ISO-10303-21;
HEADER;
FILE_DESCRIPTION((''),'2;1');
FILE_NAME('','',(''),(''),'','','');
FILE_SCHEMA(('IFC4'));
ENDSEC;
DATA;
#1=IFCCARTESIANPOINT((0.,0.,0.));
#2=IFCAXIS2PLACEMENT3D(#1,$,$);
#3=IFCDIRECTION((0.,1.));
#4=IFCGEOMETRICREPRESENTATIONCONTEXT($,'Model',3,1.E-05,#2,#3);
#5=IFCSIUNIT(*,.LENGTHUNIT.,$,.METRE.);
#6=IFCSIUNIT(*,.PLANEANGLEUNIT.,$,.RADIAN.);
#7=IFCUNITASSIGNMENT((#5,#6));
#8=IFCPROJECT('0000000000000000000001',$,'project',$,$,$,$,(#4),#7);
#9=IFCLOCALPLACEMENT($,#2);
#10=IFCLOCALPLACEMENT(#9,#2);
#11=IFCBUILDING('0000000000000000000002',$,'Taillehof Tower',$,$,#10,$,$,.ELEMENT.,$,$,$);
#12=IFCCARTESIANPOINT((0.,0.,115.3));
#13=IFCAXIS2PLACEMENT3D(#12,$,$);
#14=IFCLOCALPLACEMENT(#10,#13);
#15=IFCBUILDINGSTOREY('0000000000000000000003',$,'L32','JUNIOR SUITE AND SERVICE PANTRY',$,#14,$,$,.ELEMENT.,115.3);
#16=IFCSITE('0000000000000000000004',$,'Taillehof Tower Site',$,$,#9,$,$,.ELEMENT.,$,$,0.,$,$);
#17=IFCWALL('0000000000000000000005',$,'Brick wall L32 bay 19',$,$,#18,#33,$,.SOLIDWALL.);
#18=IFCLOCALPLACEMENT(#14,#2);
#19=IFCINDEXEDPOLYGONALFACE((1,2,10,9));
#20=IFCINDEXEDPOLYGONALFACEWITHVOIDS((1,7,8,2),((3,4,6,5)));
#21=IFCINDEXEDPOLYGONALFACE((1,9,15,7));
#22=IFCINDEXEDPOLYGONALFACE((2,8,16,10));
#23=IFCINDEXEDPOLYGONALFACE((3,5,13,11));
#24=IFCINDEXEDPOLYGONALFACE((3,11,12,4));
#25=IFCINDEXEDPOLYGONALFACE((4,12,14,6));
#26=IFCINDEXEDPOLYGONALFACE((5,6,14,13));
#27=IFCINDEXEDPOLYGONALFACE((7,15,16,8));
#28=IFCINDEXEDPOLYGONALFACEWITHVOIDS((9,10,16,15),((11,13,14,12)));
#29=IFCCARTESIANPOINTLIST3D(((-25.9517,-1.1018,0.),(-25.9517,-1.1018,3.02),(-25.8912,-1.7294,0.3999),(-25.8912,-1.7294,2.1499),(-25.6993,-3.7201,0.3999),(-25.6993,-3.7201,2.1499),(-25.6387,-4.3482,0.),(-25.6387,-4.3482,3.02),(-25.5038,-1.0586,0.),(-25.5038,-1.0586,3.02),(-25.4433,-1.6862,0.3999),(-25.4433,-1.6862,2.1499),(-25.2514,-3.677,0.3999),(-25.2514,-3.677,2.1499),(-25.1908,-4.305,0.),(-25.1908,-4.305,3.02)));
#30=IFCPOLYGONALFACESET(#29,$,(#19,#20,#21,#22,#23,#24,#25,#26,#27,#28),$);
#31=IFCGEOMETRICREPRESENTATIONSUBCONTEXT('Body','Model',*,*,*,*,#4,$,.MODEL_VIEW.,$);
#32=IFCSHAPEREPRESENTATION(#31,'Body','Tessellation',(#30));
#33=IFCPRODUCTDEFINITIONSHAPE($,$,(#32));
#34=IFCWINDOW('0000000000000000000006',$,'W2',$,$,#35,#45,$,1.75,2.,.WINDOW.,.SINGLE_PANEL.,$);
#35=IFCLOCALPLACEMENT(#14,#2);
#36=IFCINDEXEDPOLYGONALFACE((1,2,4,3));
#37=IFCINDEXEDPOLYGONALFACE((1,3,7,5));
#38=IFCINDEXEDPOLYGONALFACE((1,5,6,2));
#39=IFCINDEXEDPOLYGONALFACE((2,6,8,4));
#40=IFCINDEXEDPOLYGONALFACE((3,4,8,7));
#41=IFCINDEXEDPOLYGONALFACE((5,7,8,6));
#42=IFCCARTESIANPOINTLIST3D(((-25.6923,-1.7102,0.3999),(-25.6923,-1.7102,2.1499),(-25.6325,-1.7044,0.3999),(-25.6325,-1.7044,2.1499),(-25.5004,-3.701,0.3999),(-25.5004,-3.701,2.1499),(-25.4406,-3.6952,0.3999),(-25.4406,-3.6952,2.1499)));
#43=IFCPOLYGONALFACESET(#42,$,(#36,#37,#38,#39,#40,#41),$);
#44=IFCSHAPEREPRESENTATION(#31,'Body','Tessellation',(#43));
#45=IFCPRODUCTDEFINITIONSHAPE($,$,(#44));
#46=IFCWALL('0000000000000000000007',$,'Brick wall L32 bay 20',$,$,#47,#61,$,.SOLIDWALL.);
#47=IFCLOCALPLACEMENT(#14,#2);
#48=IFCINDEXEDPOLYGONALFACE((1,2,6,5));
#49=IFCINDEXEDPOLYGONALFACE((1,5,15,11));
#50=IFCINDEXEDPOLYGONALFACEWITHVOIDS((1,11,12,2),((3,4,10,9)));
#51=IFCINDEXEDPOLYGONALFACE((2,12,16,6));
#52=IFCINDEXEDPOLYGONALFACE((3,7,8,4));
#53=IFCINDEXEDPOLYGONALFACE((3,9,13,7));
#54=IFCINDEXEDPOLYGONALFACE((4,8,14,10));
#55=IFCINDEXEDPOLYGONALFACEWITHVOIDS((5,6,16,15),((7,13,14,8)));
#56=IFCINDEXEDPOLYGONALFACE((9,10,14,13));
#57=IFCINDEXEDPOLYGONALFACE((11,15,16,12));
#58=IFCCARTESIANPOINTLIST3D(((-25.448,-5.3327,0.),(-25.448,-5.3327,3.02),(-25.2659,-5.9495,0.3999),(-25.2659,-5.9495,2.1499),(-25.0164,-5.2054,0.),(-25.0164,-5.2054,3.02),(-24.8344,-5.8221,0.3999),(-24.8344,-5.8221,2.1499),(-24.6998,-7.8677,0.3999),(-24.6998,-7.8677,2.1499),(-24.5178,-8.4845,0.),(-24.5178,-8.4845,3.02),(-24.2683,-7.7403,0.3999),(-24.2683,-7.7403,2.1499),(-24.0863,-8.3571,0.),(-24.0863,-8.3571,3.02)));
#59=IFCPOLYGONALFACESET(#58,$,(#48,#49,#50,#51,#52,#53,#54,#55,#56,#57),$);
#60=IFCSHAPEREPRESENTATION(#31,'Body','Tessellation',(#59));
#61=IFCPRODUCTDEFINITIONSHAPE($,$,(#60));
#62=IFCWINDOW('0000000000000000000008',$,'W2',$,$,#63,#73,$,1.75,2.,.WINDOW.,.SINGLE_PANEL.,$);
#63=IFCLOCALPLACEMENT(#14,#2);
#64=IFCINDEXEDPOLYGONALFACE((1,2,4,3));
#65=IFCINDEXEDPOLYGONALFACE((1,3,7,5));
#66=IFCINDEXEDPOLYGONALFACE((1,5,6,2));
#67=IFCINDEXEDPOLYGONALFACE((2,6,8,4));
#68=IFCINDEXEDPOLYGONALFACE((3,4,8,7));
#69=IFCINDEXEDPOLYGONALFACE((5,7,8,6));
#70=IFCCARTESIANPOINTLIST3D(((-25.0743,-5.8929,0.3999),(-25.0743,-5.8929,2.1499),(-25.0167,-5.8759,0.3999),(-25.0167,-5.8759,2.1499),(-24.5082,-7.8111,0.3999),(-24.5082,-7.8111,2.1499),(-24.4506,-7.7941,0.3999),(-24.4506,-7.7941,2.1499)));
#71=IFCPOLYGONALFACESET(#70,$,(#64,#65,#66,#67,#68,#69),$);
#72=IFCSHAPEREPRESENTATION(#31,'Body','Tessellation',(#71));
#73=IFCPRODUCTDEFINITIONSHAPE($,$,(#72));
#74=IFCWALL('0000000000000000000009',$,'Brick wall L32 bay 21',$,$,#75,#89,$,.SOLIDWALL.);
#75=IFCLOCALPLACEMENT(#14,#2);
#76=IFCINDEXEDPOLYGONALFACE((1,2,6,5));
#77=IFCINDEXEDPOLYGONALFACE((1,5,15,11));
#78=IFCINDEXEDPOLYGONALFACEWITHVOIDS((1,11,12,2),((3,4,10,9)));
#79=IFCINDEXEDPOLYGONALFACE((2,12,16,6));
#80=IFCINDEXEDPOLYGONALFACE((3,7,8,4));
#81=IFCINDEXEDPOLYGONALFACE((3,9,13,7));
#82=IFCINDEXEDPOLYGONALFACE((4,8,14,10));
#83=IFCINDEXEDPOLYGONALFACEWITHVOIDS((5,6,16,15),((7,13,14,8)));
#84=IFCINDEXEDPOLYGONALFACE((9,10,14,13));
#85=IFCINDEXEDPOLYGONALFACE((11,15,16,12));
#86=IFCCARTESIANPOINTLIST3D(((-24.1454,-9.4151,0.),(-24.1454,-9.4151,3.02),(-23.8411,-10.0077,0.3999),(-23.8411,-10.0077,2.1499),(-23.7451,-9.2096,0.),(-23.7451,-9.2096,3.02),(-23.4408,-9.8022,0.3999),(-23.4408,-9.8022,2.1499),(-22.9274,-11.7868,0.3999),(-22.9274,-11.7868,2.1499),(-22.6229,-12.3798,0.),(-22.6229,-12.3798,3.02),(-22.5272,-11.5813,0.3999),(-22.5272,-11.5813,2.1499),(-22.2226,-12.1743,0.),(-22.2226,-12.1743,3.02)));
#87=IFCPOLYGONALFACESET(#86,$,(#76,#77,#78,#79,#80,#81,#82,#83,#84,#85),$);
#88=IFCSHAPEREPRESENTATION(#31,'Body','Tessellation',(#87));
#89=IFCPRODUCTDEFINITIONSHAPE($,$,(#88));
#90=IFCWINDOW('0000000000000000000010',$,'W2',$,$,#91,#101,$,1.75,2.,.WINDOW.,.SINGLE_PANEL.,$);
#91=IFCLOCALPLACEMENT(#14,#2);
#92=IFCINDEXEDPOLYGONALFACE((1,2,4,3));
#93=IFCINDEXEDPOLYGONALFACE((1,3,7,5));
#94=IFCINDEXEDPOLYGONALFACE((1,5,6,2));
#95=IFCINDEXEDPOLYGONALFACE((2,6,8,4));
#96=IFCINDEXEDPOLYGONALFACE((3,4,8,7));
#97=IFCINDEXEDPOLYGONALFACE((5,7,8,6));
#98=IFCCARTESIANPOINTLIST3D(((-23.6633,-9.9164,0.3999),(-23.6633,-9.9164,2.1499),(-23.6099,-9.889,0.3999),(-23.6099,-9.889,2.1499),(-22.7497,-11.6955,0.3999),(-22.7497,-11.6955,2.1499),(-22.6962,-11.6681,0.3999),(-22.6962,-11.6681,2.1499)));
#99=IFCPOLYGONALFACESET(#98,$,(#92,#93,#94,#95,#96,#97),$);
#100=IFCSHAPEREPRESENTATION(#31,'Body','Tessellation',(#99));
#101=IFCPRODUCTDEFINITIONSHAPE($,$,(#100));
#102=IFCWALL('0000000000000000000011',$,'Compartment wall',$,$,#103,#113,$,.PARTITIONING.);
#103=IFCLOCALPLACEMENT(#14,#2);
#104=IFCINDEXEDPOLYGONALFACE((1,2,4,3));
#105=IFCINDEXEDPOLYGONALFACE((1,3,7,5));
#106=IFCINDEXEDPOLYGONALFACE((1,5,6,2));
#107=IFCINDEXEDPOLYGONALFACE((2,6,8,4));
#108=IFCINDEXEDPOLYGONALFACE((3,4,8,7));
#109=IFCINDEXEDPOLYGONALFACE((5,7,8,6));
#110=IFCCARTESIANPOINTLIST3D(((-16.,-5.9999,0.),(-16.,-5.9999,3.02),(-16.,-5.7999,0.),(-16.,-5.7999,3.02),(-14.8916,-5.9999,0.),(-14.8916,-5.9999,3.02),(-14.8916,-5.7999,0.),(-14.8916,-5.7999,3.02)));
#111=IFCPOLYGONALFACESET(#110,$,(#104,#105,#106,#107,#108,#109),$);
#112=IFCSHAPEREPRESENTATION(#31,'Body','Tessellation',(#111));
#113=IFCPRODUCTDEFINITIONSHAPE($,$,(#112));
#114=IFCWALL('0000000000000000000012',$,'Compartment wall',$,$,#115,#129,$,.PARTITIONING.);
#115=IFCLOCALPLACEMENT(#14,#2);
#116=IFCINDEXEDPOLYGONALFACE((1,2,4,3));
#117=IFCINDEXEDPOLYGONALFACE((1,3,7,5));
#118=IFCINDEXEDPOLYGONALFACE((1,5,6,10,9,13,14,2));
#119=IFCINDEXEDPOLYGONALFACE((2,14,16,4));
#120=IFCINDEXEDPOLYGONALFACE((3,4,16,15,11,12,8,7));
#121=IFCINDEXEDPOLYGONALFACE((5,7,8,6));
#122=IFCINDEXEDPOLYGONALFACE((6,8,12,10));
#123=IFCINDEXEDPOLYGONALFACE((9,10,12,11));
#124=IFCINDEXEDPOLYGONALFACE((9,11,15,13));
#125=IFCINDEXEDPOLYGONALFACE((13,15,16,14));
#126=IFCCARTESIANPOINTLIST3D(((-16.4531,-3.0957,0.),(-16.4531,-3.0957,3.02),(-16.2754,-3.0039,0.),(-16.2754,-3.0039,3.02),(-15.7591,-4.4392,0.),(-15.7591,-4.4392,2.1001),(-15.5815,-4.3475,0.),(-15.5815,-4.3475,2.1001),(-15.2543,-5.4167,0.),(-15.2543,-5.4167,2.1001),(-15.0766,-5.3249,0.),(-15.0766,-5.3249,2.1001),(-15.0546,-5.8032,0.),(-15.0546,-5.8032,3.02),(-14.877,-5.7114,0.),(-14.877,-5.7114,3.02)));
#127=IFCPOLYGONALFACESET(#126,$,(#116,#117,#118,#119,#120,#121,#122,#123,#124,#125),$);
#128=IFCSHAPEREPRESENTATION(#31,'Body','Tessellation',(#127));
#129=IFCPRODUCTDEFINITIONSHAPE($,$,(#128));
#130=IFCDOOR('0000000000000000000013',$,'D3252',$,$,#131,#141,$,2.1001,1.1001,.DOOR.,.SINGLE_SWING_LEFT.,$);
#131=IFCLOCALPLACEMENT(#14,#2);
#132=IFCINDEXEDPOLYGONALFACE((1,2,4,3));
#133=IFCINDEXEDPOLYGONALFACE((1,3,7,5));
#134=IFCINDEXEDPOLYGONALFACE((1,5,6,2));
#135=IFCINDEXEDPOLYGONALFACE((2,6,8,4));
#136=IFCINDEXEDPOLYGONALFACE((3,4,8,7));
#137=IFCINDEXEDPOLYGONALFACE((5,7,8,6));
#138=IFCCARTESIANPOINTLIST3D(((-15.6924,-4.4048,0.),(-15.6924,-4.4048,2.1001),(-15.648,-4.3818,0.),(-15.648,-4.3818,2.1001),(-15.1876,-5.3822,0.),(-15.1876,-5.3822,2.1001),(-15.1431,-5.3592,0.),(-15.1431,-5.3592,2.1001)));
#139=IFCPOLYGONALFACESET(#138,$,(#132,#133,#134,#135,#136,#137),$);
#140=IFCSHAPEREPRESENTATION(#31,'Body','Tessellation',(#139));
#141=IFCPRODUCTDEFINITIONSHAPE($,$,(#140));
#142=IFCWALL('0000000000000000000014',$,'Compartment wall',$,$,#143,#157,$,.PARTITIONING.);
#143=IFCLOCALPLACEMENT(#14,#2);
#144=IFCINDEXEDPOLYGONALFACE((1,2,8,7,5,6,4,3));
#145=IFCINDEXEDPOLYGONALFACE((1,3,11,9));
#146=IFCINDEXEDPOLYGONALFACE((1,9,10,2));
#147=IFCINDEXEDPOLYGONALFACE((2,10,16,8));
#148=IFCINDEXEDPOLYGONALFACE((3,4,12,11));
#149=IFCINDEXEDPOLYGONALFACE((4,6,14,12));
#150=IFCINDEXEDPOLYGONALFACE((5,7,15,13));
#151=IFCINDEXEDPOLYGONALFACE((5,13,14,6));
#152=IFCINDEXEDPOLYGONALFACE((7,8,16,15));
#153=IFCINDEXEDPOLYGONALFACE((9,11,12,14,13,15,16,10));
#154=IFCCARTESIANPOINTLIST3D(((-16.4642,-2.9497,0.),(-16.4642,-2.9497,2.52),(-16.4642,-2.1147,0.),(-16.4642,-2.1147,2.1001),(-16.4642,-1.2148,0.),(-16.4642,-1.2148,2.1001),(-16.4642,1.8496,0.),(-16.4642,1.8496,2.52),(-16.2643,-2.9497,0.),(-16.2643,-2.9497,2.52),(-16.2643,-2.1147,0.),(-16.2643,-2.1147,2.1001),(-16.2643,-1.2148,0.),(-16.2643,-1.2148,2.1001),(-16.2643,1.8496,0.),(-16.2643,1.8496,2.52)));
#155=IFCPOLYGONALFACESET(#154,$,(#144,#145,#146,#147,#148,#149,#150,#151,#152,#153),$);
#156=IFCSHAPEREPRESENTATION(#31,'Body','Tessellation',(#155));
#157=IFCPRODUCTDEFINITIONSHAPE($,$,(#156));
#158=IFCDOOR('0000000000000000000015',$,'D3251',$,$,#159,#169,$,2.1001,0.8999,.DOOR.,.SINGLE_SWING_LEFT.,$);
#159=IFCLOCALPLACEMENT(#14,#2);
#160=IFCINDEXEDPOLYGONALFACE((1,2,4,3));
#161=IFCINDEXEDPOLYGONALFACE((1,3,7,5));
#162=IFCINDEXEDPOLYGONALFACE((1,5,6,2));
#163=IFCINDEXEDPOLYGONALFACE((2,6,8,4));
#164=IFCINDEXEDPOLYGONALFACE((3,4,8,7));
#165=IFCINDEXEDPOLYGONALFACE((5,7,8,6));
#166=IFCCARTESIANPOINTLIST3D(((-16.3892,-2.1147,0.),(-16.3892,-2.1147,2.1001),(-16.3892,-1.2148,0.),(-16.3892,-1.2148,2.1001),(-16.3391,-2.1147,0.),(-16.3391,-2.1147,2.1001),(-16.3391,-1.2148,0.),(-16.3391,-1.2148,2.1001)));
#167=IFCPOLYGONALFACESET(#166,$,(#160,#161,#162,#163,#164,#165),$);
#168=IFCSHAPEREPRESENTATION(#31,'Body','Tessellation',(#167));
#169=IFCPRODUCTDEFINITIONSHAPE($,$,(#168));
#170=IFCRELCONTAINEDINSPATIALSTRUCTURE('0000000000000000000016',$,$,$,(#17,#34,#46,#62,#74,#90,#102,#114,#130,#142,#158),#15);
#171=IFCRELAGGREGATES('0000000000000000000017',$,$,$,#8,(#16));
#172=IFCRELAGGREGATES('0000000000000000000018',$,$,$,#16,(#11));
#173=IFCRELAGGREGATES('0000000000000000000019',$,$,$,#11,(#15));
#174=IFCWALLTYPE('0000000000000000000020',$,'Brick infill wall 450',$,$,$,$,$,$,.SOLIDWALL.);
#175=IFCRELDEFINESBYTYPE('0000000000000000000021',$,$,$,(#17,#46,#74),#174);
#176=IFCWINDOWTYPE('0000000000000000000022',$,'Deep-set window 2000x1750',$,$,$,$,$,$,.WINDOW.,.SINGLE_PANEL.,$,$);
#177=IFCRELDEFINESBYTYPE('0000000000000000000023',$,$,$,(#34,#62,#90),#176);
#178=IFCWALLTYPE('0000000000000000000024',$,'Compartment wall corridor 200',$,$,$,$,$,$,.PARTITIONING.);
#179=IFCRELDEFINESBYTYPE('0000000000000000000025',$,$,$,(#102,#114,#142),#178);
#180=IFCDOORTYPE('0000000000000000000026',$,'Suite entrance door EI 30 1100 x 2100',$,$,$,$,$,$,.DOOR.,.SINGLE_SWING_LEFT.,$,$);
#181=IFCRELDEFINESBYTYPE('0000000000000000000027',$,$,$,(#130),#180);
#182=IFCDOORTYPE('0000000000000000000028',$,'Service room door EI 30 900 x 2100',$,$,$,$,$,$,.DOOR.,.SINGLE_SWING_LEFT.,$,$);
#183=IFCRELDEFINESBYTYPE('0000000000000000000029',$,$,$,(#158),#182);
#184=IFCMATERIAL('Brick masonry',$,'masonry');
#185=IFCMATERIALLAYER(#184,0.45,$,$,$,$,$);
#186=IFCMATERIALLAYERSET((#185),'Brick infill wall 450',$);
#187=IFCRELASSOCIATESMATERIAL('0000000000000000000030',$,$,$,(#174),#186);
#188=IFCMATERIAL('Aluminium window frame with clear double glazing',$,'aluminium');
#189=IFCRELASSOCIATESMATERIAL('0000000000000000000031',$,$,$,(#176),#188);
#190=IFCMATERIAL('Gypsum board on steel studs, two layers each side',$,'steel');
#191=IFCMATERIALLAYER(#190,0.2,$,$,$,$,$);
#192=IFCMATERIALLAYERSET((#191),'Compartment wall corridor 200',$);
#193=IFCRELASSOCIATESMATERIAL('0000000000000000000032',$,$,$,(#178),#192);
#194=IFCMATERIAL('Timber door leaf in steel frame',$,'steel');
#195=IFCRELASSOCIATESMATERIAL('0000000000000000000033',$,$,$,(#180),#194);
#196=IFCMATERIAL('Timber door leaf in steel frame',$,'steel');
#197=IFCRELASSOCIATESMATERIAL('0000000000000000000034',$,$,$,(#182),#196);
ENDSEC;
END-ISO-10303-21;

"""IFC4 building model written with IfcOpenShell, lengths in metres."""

from ifc_helpers import new_model, si_unit, direction, frame, frame_2d, origin, place, context, subcontext, project, spatial, rectangle, extrude, material, layer, layer_set, type_object, element, fill, save


model = new_model("IFC4")

# Units and contexts
model_context = context("Model", 3, precision=1e-05, world=origin(), true_north=direction((0.0, 1.0)))
body_context = subcontext(model_context, "Body", "Model", "MODEL_VIEW")
ifc_project = project(units=[si_unit("LENGTHUNIT", "METRE"), si_unit("PLANEANGLEUNIT", "RADIAN")], contexts=[model_context])

# Site, building, storey
site_placement = place(None, origin())
site = spatial("IfcSite", under=ifc_project, at=site_placement, Name="Taillehof Tower Site", CompositionType="ELEMENT", RefElevation=0.0)
building_placement = place(site_placement, origin())
building = spatial("IfcBuilding", under=site, at=building_placement, Name="Taillehof Tower", CompositionType="ELEMENT")
storey_placement = place(building_placement, frame((0.0, 0.0, 115.3)))
storey = spatial("IfcBuildingStorey", under=building, at=storey_placement, Name="L32", Description="JUNIOR SUITE AND SERVICE PANTRY", CompositionType="ELEMENT", Elevation=115.3)

# Walls, openings, windows
ifc_material_1 = material(Name="Brick masonry", Category="masonry")
ifc_layer_1 = layer(ifc_material_1, 0.45)
ifc_layer_set_1 = layer_set([ifc_layer_1], Name="Brick infill wall 450")
wall_type_1 = type_object("IfcWallType", Name="Brick infill wall 450", PredefinedType="SOLIDWALL", material=ifc_layer_set_1)
wall_1_placement = place(storey_placement, frame((-25.7278, -1.0801, 0.0), z_axis=(0.0, 0.0, 1.0), x_axis=(0.095968, -0.995384, 0.0)))
wall_1 = element("IfcWall", 1, at=wall_1_placement, inside=storey, type_object=wall_type_1, Name="Brick wall L32 bay 19", PredefinedType="SOLIDWALL", context=body_context, shape_type="SweptSolid", body=[
    extrude(rectangle(XDim=3.2615, YDim=0.45, at=frame_2d((1.6309, 0.0))), origin(), (0.0, 0.0, 1.0), 3.02),
])
opening_1_placement = place(wall_1_placement, frame((0.6306, 0.0, 0.3999)))
opening_1 = element("IfcOpeningElement", 2, at=opening_1_placement, cuts=wall_1, PredefinedType="OPENING", context=body_context, shape_type="SweptSolid", body=[
    extrude(rectangle(XDim=2.0, YDim=1.75, at=frame_2d((1.0, 0.875))), frame((0.0, 0.2349, 0.0), z_axis=(0.0, -1.0, 0.0), x_axis=(1.0, 0.0, 0.0)), (0.0, 0.0, 1.0), 0.47),
])
ifc_material_2 = material(Name="Aluminium window frame with clear double glazing", Category="aluminium")
window_type = type_object("IfcWindowType", Name="Deep-set window 2000x1750", PartitioningType="SINGLE_PANEL", PredefinedType="WINDOW", material=ifc_material_2)
window_1_placement = place(opening_1_placement, origin())
window_1 = element("IfcWindow", 3, at=window_1_placement, inside=storey, type_object=window_type, Name="W2", OverallHeight=1.75, OverallWidth=2.0, PartitioningType="SINGLE_PANEL", PredefinedType="WINDOW", context=body_context, shape_type="SweptSolid", body=[
    extrude(rectangle(XDim=2.0, YDim=1.75, at=frame_2d((1.0, 0.875))), frame((0.0, 0.0349, 0.0), z_axis=(0.0, -1.0, 0.0), x_axis=(1.0, 0.0, 0.0)), (0.0, 0.0, 1.0), 0.0601),
])
fill(opening_1, window_1)
wall_2_placement = place(storey_placement, frame((-25.2322, -5.269, 0.0), z_axis=(0.0, 0.0, 1.0), x_axis=(0.283051, -0.959105, 0.0)))
wall_2 = element("IfcWall", 4, at=wall_2_placement, inside=storey, type_object=wall_type_1, Name="Brick wall L32 bay 20", PredefinedType="SOLIDWALL", context=body_context, shape_type="SweptSolid", body=[
    extrude(rectangle(XDim=3.2861, YDim=0.45, at=frame_2d((1.6431, 0.0))), origin(), (0.0, 0.0, 1.0), 3.02),
])
opening_2_placement = place(wall_2_placement, frame((0.6431, 0.0, 0.3999)))
opening_2 = element("IfcOpeningElement", 5, at=opening_2_placement, cuts=wall_2, PredefinedType="OPENING", context=body_context, shape_type="SweptSolid", body=[
    extrude(rectangle(XDim=2.0, YDim=1.75, at=frame_2d((1.0, 0.875))), frame((0.0, 0.2349, 0.0), z_axis=(0.0, -1.0, 0.0), x_axis=(1.0, 0.0, 0.0)), (0.0, 0.0, 1.0), 0.47),
])
window_2_placement = place(opening_2_placement, origin())
window_2 = element("IfcWindow", 6, at=window_2_placement, inside=storey, type_object=window_type, Name="W2", OverallHeight=1.75, OverallWidth=2.0, PartitioningType="SINGLE_PANEL", PredefinedType="WINDOW", context=body_context, shape_type="SweptSolid", body=[
    extrude(rectangle(XDim=2.0, YDim=1.75, at=frame_2d((1.0, 0.875))), frame((0.0, 0.0349, 0.0), z_axis=(0.0, -1.0, 0.0), x_axis=(1.0, 0.0, 0.0)), (0.0, 0.0, 1.0), 0.0601),
])
fill(opening_2, window_2)
wall_3_placement = place(storey_placement, frame((-23.9453, -9.3123, 0.0), z_axis=(0.0, 0.0, 1.0), x_axis=(0.456828, -0.889555, 0.0)))
wall_3 = element("IfcWall", 7, at=wall_3_placement, inside=storey, type_object=wall_type_1, Name="Brick wall L32 bay 21", PredefinedType="SOLIDWALL", context=body_context, shape_type="SweptSolid", body=[
    extrude(rectangle(XDim=3.3328, YDim=0.45, at=frame_2d((1.6665, 0.0))), origin(), (0.0, 0.0, 1.0), 3.02),
])
opening_3_placement = place(wall_3_placement, frame((0.6663, 0.0, 0.3999)))
opening_3 = element("IfcOpeningElement", 8, at=opening_3_placement, cuts=wall_3, PredefinedType="OPENING", context=body_context, shape_type="SweptSolid", body=[
    extrude(rectangle(XDim=2.0, YDim=1.75, at=frame_2d((1.0, 0.875))), frame((0.0, 0.2349, 0.0), z_axis=(0.0, -1.0, 0.0), x_axis=(1.0, 0.0, 0.0)), (0.0, 0.0, 1.0), 0.47),
])
window_3_placement = place(opening_3_placement, origin())
window_3 = element("IfcWindow", 9, at=window_3_placement, inside=storey, type_object=window_type, Name="W2", OverallHeight=1.75, OverallWidth=2.0, PartitioningType="SINGLE_PANEL", PredefinedType="WINDOW", context=body_context, shape_type="SweptSolid", body=[
    extrude(rectangle(XDim=2.0, YDim=1.75, at=frame_2d((1.0, 0.875))), frame((0.0, 0.0349, 0.0), z_axis=(0.0, -1.0, 0.0), x_axis=(1.0, 0.0, 0.0)), (0.0, 0.0, 1.0), 0.0601),
])
fill(opening_3, window_3)

# Wall
ifc_material_3 = material(Name="Gypsum board on steel studs, two layers each side", Category="steel")
ifc_layer_2 = layer(ifc_material_3, 0.2)
ifc_layer_set_2 = layer_set([ifc_layer_2], Name="Compartment wall corridor 200")
wall_type_2 = type_object("IfcWallType", Name="Compartment wall corridor 200", PredefinedType="PARTITIONING", material=ifc_layer_set_2)
wall_4_placement = place(storey_placement, frame((-16.0, -5.8999, 0.0), z_axis=(0.0, 0.0, 1.0), x_axis=(1.0, 0.0, 0.0)))
element("IfcWall", 10, at=wall_4_placement, inside=storey, type_object=wall_type_2, Name="Compartment wall", PredefinedType="PARTITIONING", context=body_context, shape_type="SweptSolid", body=[
    extrude(rectangle(XDim=1.1084, YDim=0.2, at=frame_2d((0.5542, 0.0))), origin(), (0.0, 0.0, 1.0), 3.02),
])

# Walls, openings, doors
wall_5_placement = place(storey_placement, frame((-14.9658, -5.7573, 0.0), z_axis=(0.0, 0.0, 1.0), x_axis=(-0.458904, 0.888486, 0.0)))
wall_5 = element("IfcWall", 11, at=wall_5_placement, inside=storey, type_object=wall_type_2, Name="Compartment wall", PredefinedType="PARTITIONING", context=body_context, shape_type="SweptSolid", body=[
    extrude(rectangle(XDim=3.0474, YDim=0.2, at=frame_2d((1.5237, 0.0))), origin(), (0.0, 0.0, 1.0), 3.02),
])
opening_4_placement = place(wall_5_placement, frame((0.4351, 0.0, 0.0)))
opening_4 = element("IfcOpeningElement", 12, at=opening_4_placement, cuts=wall_5, PredefinedType="OPENING", context=body_context, shape_type="SweptSolid", body=[
    extrude(rectangle(XDim=1.1001, YDim=2.1001, at=frame_2d((0.55, 1.05))), frame((0.0, 0.1099, 0.0), z_axis=(0.0, -1.0, 0.0), x_axis=(1.0, 0.0, 0.0)), (0.0, 0.0, 1.0), 0.22),
])
ifc_material_4 = material(Name="Timber door leaf in steel frame", Category="steel")
door_type_1 = type_object("IfcDoorType", Name="Suite entrance door EI 30 1100 x 2100", OperationType="SINGLE_SWING_LEFT", PredefinedType="DOOR", material=ifc_material_4)
door_1_placement = place(opening_4_placement, origin())
door_1 = element("IfcDoor", 13, at=door_1_placement, inside=storey, type_object=door_type_1, Name="D3252", OperationType="SINGLE_SWING_LEFT", OverallHeight=2.1001, OverallWidth=1.1001, PredefinedType="DOOR", context=body_context, shape_type="SweptSolid", body=[
    extrude(rectangle(XDim=1.1001, YDim=2.1001, at=frame_2d((0.55, 1.05))), frame((0.0, 0.0249, 0.0), z_axis=(0.0, -1.0, 0.0), x_axis=(1.0, 0.0, 0.0)), (0.0, 0.0, 1.0), 0.05),
])
fill(opening_4, door_1)
wall_6_placement = place(storey_placement, frame((-16.3643, -2.9497, 0.0), z_axis=(0.0, 0.0, 1.0), x_axis=(0.0, 1.0, 0.0)))
wall_6 = element("IfcWall", 14, at=wall_6_placement, inside=storey, type_object=wall_type_2, Name="Compartment wall", PredefinedType="PARTITIONING", context=body_context, shape_type="SweptSolid", body=[
    extrude(rectangle(XDim=4.7993, YDim=0.2, at=frame_2d((2.3997, 0.0))), origin(), (0.0, 0.0, 1.0), 2.52),
])
opening_5_placement = place(wall_6_placement, frame((0.835, 0.0, 0.0)))
opening_5 = element("IfcOpeningElement", 15, at=opening_5_placement, cuts=wall_6, PredefinedType="OPENING", context=body_context, shape_type="SweptSolid", body=[
    extrude(rectangle(XDim=0.8999, YDim=2.1001, at=frame_2d((0.45, 1.05))), frame((0.0, 0.1099, 0.0), z_axis=(0.0, -1.0, 0.0), x_axis=(1.0, 0.0, 0.0)), (0.0, 0.0, 1.0), 0.22),
])
ifc_material_5 = material(Name="Timber door leaf in steel frame", Category="steel")
door_type_2 = type_object("IfcDoorType", Name="Service room door EI 30 900 x 2100", OperationType="SINGLE_SWING_LEFT", PredefinedType="DOOR", material=ifc_material_5)
door_2_placement = place(opening_5_placement, origin())
door_2 = element("IfcDoor", 16, at=door_2_placement, inside=storey, type_object=door_type_2, Name="D3251", OperationType="SINGLE_SWING_LEFT", OverallHeight=2.1001, OverallWidth=0.8999, PredefinedType="DOOR", context=body_context, shape_type="SweptSolid", body=[
    extrude(rectangle(XDim=0.8999, YDim=2.1001, at=frame_2d((0.45, 1.05))), frame((0.0, 0.0249, 0.0), z_axis=(0.0, -1.0, 0.0), x_axis=(1.0, 0.0, 0.0)), (0.0, 0.0, 1.0), 0.05),
])
fill(opening_5, door_2)

save(model, "model.ifc")
